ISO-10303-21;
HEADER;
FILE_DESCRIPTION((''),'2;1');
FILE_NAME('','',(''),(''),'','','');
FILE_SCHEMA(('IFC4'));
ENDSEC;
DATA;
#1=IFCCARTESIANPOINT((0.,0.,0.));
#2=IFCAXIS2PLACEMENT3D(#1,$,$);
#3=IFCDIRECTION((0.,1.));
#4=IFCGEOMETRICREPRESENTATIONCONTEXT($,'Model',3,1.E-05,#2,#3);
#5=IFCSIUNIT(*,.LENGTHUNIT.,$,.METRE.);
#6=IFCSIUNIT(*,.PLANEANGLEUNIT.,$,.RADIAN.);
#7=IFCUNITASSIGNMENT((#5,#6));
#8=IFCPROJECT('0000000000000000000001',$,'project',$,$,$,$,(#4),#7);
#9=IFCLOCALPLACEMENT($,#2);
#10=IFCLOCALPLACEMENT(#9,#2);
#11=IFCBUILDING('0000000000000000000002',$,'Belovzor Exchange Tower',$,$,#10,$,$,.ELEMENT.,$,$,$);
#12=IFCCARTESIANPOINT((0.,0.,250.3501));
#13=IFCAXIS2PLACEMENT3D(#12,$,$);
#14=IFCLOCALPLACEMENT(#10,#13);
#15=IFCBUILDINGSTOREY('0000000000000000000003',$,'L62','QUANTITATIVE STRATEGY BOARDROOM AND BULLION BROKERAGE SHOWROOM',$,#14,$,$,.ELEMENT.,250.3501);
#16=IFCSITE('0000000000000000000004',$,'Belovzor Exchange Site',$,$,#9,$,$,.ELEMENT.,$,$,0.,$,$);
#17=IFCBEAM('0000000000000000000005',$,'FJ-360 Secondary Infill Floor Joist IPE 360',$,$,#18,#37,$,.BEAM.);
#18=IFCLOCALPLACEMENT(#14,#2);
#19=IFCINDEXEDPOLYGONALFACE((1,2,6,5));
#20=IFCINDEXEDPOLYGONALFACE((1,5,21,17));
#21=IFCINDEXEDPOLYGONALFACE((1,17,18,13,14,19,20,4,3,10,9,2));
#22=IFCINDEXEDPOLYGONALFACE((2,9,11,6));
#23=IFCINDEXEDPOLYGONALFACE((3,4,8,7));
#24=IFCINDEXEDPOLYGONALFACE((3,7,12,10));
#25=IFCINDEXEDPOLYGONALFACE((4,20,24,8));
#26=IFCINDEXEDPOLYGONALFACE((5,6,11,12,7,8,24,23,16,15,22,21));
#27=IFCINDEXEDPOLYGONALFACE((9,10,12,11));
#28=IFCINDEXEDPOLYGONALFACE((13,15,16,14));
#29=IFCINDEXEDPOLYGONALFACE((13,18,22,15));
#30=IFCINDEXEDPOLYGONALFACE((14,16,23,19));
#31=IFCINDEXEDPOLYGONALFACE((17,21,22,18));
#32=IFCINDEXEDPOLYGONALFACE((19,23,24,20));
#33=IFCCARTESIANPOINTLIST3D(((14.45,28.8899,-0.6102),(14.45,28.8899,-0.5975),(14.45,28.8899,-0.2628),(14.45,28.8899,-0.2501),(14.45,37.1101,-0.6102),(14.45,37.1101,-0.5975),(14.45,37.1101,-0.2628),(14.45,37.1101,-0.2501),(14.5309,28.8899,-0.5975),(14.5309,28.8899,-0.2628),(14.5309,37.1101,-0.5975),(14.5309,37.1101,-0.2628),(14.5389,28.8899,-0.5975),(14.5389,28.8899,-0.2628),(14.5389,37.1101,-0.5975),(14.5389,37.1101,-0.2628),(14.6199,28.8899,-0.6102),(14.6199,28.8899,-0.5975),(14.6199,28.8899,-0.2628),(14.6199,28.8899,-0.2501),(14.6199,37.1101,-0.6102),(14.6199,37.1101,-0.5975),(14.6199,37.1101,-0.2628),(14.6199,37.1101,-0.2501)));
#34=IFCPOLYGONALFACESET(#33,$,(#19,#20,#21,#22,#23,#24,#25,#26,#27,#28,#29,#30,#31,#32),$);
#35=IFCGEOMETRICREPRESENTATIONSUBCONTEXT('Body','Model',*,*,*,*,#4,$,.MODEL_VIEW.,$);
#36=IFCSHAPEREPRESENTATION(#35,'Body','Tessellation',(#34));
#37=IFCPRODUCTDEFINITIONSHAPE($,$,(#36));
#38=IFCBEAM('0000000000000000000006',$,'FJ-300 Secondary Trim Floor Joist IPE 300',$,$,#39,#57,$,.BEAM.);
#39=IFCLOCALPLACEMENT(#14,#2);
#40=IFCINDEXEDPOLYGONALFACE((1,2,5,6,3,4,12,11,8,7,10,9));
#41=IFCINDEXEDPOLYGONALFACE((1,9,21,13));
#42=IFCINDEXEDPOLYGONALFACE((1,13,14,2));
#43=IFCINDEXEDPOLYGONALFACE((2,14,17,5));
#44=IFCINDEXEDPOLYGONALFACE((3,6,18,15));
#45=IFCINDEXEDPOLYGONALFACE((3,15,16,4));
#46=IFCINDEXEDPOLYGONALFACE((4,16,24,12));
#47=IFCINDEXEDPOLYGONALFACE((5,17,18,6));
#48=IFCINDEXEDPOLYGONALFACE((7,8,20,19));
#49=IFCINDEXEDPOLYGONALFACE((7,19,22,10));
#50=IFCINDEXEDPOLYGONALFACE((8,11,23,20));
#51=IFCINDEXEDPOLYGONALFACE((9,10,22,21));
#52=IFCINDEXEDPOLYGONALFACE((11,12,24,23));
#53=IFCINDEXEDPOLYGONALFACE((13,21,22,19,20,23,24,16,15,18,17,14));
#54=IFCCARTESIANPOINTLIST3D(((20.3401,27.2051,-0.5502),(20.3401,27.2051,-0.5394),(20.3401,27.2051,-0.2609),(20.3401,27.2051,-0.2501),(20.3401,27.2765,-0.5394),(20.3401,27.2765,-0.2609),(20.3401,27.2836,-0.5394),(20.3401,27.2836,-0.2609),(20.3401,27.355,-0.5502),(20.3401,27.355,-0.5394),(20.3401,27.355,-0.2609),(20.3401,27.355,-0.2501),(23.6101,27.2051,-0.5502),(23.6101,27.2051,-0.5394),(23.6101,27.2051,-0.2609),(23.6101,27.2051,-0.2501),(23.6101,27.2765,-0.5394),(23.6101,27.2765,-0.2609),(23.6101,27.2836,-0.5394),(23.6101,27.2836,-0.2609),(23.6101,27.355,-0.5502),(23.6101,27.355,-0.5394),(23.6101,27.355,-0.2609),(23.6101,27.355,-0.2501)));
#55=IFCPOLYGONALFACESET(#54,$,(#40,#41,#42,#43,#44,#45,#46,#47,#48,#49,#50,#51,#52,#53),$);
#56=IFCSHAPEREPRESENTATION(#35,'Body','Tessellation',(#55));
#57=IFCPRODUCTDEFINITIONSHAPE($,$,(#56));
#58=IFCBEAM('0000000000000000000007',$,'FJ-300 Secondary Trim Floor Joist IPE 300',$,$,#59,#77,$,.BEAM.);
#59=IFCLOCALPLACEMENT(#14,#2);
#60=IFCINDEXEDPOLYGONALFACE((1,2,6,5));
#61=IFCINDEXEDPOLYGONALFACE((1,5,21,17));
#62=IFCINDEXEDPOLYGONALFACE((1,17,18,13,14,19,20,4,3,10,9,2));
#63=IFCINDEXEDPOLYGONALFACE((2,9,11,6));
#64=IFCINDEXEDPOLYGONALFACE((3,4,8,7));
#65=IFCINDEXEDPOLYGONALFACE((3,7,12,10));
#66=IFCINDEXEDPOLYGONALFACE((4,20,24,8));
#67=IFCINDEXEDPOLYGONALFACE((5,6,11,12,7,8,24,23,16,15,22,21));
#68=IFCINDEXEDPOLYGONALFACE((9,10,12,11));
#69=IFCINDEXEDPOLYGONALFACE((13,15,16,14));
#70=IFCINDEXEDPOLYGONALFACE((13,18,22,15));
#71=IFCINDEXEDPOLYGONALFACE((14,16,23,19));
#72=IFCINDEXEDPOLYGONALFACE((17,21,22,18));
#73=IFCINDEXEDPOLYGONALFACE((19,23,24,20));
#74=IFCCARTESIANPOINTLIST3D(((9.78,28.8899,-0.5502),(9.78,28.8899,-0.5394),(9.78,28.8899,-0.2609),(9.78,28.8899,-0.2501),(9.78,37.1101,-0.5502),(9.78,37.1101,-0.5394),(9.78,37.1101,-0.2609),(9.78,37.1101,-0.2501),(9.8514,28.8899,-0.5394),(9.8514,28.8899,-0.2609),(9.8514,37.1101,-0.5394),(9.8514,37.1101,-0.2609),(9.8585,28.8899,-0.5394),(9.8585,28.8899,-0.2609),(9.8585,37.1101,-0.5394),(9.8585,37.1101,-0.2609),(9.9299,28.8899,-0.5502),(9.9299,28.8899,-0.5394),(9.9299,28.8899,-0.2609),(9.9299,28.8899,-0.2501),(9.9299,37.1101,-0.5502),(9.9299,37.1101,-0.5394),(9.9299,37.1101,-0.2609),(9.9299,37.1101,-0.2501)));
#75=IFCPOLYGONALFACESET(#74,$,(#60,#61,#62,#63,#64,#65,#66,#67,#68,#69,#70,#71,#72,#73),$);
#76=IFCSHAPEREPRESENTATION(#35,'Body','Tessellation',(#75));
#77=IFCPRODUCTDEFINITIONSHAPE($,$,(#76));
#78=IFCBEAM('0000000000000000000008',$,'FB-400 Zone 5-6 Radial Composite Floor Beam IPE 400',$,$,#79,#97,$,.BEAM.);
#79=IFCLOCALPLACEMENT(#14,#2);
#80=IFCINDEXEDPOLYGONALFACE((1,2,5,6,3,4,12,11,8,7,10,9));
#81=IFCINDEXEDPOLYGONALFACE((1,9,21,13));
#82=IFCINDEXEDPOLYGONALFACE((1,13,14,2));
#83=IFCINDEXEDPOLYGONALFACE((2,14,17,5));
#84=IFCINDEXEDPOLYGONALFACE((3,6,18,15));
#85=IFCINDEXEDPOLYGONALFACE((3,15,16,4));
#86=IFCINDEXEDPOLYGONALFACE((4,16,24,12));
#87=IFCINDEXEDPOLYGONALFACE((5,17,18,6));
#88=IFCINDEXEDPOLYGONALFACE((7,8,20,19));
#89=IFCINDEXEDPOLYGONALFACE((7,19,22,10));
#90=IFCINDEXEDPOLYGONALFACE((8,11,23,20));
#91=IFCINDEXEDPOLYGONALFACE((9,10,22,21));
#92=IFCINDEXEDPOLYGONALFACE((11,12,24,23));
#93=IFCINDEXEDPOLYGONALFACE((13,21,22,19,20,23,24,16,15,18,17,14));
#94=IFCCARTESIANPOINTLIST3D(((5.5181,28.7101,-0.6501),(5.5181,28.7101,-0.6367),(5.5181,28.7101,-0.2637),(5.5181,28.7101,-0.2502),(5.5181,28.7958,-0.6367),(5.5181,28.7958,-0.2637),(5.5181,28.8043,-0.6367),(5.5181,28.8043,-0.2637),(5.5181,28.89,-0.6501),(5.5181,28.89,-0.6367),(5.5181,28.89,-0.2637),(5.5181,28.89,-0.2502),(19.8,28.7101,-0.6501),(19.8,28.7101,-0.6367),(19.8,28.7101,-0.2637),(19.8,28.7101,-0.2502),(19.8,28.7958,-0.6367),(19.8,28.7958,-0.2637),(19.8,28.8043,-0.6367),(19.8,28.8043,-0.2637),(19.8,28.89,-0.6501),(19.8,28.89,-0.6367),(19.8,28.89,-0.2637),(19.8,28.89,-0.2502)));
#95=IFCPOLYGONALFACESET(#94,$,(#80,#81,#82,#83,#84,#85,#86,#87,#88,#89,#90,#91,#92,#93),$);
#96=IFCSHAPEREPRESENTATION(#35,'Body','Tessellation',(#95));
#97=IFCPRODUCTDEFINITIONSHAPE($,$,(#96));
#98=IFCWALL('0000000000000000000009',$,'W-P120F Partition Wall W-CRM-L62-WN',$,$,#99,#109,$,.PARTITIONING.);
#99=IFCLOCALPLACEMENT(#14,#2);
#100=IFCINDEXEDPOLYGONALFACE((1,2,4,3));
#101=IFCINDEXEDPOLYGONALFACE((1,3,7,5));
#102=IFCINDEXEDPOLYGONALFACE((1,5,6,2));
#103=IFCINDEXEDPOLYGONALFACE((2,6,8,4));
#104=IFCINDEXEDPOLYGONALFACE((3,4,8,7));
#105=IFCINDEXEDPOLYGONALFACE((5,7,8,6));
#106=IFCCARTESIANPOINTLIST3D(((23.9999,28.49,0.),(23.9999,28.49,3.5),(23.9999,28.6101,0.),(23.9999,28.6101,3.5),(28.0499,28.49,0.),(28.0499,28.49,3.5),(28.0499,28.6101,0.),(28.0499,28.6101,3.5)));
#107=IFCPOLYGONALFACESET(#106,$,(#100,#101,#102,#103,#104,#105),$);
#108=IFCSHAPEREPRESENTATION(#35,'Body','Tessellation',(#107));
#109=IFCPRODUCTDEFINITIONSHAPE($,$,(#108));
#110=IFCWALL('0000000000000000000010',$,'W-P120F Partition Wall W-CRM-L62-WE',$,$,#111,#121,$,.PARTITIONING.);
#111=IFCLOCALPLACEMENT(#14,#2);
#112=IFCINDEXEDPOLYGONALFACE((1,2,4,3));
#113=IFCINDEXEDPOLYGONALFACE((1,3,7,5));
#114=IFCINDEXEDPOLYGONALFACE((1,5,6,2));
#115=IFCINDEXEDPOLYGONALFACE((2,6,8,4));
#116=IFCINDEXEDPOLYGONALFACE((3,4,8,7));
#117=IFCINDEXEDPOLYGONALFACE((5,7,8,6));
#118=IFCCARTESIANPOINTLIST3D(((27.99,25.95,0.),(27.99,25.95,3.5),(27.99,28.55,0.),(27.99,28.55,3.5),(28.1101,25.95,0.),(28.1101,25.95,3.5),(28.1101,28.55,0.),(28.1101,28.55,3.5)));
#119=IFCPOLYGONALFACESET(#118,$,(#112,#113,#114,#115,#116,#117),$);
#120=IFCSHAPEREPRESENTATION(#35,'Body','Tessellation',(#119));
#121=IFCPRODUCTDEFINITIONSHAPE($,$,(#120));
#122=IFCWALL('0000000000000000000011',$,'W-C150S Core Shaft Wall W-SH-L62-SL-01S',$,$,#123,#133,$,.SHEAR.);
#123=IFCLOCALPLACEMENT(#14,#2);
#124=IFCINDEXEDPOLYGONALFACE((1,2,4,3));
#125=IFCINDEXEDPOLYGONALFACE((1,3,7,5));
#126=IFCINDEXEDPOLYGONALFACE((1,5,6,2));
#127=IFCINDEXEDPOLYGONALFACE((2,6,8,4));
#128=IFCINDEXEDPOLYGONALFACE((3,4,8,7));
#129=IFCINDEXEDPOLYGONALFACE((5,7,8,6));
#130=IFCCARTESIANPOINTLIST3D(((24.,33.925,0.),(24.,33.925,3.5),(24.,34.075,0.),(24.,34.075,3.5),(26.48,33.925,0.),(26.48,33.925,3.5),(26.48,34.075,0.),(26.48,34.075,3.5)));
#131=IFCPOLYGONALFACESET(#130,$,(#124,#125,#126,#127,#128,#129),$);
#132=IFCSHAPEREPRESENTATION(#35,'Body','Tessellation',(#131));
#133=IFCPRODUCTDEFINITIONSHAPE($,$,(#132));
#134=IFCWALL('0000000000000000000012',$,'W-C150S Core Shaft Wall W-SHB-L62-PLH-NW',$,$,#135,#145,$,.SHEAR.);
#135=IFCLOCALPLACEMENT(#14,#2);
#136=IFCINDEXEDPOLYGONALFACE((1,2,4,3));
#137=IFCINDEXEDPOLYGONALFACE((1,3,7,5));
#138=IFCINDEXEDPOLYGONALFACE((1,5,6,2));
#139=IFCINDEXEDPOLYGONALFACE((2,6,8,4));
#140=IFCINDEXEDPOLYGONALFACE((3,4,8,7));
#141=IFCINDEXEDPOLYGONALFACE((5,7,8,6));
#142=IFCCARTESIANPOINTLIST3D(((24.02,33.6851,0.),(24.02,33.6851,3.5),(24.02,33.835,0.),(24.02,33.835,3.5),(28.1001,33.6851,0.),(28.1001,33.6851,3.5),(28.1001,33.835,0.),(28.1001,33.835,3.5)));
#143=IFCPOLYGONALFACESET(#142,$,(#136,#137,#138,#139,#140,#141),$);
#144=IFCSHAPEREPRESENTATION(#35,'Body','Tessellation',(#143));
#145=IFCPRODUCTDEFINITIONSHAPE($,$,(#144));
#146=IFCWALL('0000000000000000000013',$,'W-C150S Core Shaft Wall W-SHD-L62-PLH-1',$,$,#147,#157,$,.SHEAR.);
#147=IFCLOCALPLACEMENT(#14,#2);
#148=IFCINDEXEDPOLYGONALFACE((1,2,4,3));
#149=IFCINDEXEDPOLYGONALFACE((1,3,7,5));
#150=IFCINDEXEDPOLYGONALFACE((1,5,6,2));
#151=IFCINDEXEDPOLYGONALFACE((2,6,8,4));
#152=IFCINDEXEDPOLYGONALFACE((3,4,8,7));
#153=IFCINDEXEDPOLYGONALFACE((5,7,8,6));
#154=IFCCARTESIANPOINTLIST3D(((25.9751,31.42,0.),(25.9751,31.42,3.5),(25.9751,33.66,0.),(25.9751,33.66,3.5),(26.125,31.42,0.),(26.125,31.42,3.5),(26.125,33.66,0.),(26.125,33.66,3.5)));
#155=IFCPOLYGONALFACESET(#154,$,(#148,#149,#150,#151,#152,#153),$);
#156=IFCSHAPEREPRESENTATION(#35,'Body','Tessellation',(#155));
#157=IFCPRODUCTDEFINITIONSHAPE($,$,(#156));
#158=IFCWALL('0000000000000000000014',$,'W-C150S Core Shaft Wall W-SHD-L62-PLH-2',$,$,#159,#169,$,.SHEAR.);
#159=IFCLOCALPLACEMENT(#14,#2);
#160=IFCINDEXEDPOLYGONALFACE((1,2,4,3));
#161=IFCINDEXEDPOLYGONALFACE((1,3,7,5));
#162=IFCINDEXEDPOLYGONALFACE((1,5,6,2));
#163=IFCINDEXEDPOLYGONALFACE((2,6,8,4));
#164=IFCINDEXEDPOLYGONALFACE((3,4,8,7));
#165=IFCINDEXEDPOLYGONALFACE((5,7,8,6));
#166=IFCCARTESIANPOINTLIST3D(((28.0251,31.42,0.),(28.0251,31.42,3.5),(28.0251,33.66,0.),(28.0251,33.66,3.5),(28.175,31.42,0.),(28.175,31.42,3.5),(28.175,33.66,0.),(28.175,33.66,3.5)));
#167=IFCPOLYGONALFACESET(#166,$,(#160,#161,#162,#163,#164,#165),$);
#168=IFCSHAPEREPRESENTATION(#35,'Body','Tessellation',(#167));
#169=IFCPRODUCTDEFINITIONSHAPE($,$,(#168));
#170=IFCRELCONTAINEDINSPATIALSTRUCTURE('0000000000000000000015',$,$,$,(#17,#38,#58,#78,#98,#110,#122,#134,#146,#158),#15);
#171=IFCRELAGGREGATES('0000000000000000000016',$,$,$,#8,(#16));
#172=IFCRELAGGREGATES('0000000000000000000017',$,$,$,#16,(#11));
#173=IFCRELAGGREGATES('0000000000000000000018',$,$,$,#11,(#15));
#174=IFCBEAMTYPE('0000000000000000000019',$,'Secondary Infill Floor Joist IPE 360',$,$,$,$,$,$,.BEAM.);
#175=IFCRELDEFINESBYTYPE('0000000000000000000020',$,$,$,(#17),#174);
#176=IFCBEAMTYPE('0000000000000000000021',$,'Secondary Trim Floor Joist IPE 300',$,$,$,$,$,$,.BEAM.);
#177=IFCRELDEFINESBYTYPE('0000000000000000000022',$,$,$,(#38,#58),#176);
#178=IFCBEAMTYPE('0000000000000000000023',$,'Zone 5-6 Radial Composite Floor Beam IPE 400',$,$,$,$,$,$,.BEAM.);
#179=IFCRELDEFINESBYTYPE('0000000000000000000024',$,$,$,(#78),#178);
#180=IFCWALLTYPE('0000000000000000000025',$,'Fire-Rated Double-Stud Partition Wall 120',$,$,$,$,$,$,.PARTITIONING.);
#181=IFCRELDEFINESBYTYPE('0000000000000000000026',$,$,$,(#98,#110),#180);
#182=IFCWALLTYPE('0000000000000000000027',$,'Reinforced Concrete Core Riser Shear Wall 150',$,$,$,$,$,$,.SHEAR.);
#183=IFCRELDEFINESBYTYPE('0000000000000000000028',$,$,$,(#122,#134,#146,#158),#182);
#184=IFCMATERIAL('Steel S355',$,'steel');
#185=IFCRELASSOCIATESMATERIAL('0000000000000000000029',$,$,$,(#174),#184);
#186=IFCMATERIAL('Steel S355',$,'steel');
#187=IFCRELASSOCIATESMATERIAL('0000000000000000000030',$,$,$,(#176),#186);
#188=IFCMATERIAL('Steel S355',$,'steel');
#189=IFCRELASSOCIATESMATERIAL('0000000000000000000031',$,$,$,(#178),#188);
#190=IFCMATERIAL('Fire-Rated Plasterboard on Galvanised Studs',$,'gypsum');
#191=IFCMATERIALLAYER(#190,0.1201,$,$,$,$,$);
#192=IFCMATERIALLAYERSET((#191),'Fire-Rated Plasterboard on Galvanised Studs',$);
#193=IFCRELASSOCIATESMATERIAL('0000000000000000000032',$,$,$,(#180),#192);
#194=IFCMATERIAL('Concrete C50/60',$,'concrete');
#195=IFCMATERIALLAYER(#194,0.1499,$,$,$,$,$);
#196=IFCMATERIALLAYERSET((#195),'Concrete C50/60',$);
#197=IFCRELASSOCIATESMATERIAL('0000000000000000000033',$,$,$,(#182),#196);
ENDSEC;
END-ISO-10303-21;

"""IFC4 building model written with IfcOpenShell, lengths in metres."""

from ifc_helpers import new_model, si_unit, direction, frame, frame_2d, origin, origin_2d, place, context, subcontext, project, spatial, rectangle, i_section, extrude, material, layer, layer_set, material_profile, profile_set, type_object, element, save


model = new_model("IFC4")

# Units and contexts
model_context = context("Model", 3, precision=1e-05, world=origin(), true_north=direction((0.0, 1.0)))
body_context = subcontext(model_context, "Body", "Model", "MODEL_VIEW")
ifc_project = project(units=[si_unit("LENGTHUNIT", "METRE"), si_unit("PLANEANGLEUNIT", "RADIAN")], contexts=[model_context])

# Site, building, storey
site_placement = place(None, origin())
site = spatial("IfcSite", under=ifc_project, at=site_placement, Name="Belovzor Exchange Site", CompositionType="ELEMENT", RefElevation=0.0)
building_placement = place(site_placement, origin())
building = spatial("IfcBuilding", under=site, at=building_placement, Name="Belovzor Exchange Tower", CompositionType="ELEMENT")
storey_placement = place(building_placement, frame((0.0, 0.0, 250.3501)))
storey = spatial("IfcBuildingStorey", under=building, at=storey_placement, Name="L62", Description="QUANTITATIVE STRATEGY BOARDROOM AND BULLION BROKERAGE SHOWROOM", CompositionType="ELEMENT", Elevation=250.3501)

# Beams
ifc_material_1 = material(Name="Steel S355", Category="steel")
ifc_material_profile_1 = material_profile(ifc_material_1, i_section(OverallWidth=0.1699, OverallDepth=0.3601, WebThickness=0.0081, FlangeThickness=0.0127, at=origin_2d()))
ifc_profile_set_1 = profile_set([ifc_material_profile_1], Name="Steel S355")
beam_type_1 = type_object("IfcBeamType", Name="Secondary Infill Floor Joist IPE 360", PredefinedType="BEAM", material=ifc_profile_set_1)
beam_1_placement = place(storey_placement, frame((14.5349, 28.8899, -0.4302), z_axis=(0.0, 1.0, 0.0), x_axis=(-1.0, 0.0, 0.0)))
element("IfcBeam", 1, at=beam_1_placement, inside=storey, type_object=beam_type_1, Name="FJ-360 Secondary Infill Floor Joist IPE 360", PredefinedType="BEAM", context=body_context, shape_type="SweptSolid", body=[
    extrude(i_section(OverallWidth=0.1699, OverallDepth=0.3601, WebThickness=0.0081, FlangeThickness=0.0127, at=origin_2d()), origin(), (0.0, 0.0, 1.0), 8.2202),
])
ifc_material_2 = material(Name="Steel S355", Category="steel")
ifc_material_profile_2 = material_profile(ifc_material_2, i_section(OverallWidth=0.1499, OverallDepth=0.3, WebThickness=0.0071, FlangeThickness=0.0107, at=origin_2d()))
ifc_profile_set_2 = profile_set([ifc_material_profile_2], Name="Steel S355")
beam_type_2 = type_object("IfcBeamType", Name="Secondary Trim Floor Joist IPE 300", PredefinedType="BEAM", material=ifc_profile_set_2)
beam_2_placement = place(storey_placement, frame((20.3401, 27.28, -0.4001), z_axis=(1.0, 0.0, 0.0), x_axis=(0.0, 1.0, 0.0)))
element("IfcBeam", 2, at=beam_2_placement, inside=storey, type_object=beam_type_2, Name="FJ-300 Secondary Trim Floor Joist IPE 300", PredefinedType="BEAM", context=body_context, shape_type="SweptSolid", body=[
    extrude(i_section(OverallWidth=0.1499, OverallDepth=0.3, WebThickness=0.0071, FlangeThickness=0.0107, at=origin_2d()), origin(), (0.0, 0.0, 1.0), 3.27),
])
beam_3_placement = place(storey_placement, frame((9.855, 28.8899, -0.4001), z_axis=(0.0, 1.0, 0.0), x_axis=(-1.0, 0.0, 0.0)))
element("IfcBeam", 3, at=beam_3_placement, inside=storey, type_object=beam_type_2, Name="FJ-300 Secondary Trim Floor Joist IPE 300", PredefinedType="BEAM", context=body_context, shape_type="SweptSolid", body=[
    extrude(i_section(OverallWidth=0.1499, OverallDepth=0.3, WebThickness=0.0071, FlangeThickness=0.0107, at=origin_2d()), origin(), (0.0, 0.0, 1.0), 8.2202),
])
ifc_material_3 = material(Name="Steel S355", Category="steel")
ifc_material_profile_3 = material_profile(ifc_material_3, i_section(OverallWidth=0.1799, OverallDepth=0.3999, WebThickness=0.0085, FlangeThickness=0.0134, at=origin_2d()))
ifc_profile_set_3 = profile_set([ifc_material_profile_3], Name="Steel S355")
beam_type_3 = type_object("IfcBeamType", Name="Zone 5-6 Radial Composite Floor Beam IPE 400", PredefinedType="BEAM", material=ifc_profile_set_3)
beam_4_placement = place(storey_placement, frame((19.8, 28.8, -0.4502), z_axis=(-1.0, 0.0, 0.0), x_axis=(0.0, -1.0, 0.0)))
element("IfcBeam", 4, at=beam_4_placement, inside=storey, type_object=beam_type_3, Name="FB-400 Zone 5-6 Radial Composite Floor Beam IPE 400", PredefinedType="BEAM", context=body_context, shape_type="SweptSolid", body=[
    extrude(i_section(OverallWidth=0.1799, OverallDepth=0.3999, WebThickness=0.0085, FlangeThickness=0.0134, at=origin_2d()), origin(), (0.0, 0.0, 1.0), 14.282),
])

# Walls
ifc_material_4 = material(Name="Fire-Rated Plasterboard on Galvanised Studs", Category="gypsum")
ifc_layer_1 = layer(ifc_material_4, 0.1201)
ifc_layer_set_1 = layer_set([ifc_layer_1], Name="Fire-Rated Plasterboard on Galvanised Studs")
wall_type_1 = type_object("IfcWallType", Name="Fire-Rated Double-Stud Partition Wall 120", PredefinedType="PARTITIONING", material=ifc_layer_set_1)
wall_1_placement = place(storey_placement, frame((24.0, 28.55, 0.0), z_axis=(0.0, 0.0, 1.0), x_axis=(1.0, 0.0, 0.0)))
element("IfcWall", 5, at=wall_1_placement, inside=storey, type_object=wall_type_1, Name="W-P120F Partition Wall W-CRM-L62-WN", PredefinedType="PARTITIONING", context=body_context, shape_type="SweptSolid", body=[
    extrude(rectangle(XDim=4.05, YDim=0.1201, at=frame_2d((2.0249, 0.0))), origin(), (0.0, 0.0, 1.0), 3.5),
])
wall_2_placement = place(storey_placement, frame((28.05, 25.95, 0.0), z_axis=(0.0, 0.0, 1.0), x_axis=(0.0, 1.0, 0.0)))
element("IfcWall", 6, at=wall_2_placement, inside=storey, type_object=wall_type_1, Name="W-P120F Partition Wall W-CRM-L62-WE", PredefinedType="PARTITIONING", context=body_context, shape_type="SweptSolid", body=[
    extrude(rectangle(XDim=2.6001, YDim=0.1201, at=frame_2d((1.3, 0.0))), origin(), (0.0, 0.0, 1.0), 3.5),
])
ifc_material_5 = material(Name="Concrete C50/60", Category="concrete")
ifc_layer_2 = layer(ifc_material_5, 0.1499)
ifc_layer_set_2 = layer_set([ifc_layer_2], Name="Concrete C50/60")
wall_type_2 = type_object("IfcWallType", Name="Reinforced Concrete Core Riser Shear Wall 150", PredefinedType="SHEAR", material=ifc_layer_set_2)
wall_3_placement = place(storey_placement, frame((24.0, 34.0, 0.0), z_axis=(0.0, 0.0, 1.0), x_axis=(1.0, 0.0, 0.0)))
element("IfcWall", 7, at=wall_3_placement, inside=storey, type_object=wall_type_2, Name="W-C150S Core Shaft Wall W-SH-L62-SL-01S", PredefinedType="SHEAR", context=body_context, shape_type="SweptSolid", body=[
    extrude(rectangle(XDim=2.48, YDim=0.1499, at=frame_2d((1.24, 0.0))), origin(), (0.0, 0.0, 1.0), 3.5),
])
wall_4_placement = place(storey_placement, frame((24.02, 33.76, 0.0), z_axis=(0.0, 0.0, 1.0), x_axis=(1.0, 0.0, 0.0)))
element("IfcWall", 8, at=wall_4_placement, inside=storey, type_object=wall_type_2, Name="W-C150S Core Shaft Wall W-SHB-L62-PLH-NW", PredefinedType="SHEAR", context=body_context, shape_type="SweptSolid", body=[
    extrude(rectangle(XDim=4.0801, YDim=0.1499, at=frame_2d((2.04, 0.0))), origin(), (0.0, 0.0, 1.0), 3.5),
])
for number, where, z_axis, x_axis, name in (
    (9, (26.05, 31.4199, 0.0), (0.0, 0.0, 1.0), (0.0, 1.0, 0.0), "W-C150S Core Shaft Wall W-SHD-L62-PLH-1"),
    (10, (28.1001, 31.4199, 0.0), (0.0, 0.0, 1.0), (0.0, 1.0, 0.0), "W-C150S Core Shaft Wall W-SHD-L62-PLH-2"),
):
    element("IfcWall", number, at=place(storey_placement, frame(where, z_axis=z_axis, x_axis=x_axis)), inside=storey, type_object=wall_type_2, Name=name, PredefinedType="SHEAR", context=body_context, shape_type="SweptSolid", body=[
        extrude(rectangle(XDim=2.24, YDim=0.1499, at=frame_2d((1.1201, 0.0))), origin(), (0.0, 0.0, 1.0), 3.5),
    ])

save(model, "model.ifc")
